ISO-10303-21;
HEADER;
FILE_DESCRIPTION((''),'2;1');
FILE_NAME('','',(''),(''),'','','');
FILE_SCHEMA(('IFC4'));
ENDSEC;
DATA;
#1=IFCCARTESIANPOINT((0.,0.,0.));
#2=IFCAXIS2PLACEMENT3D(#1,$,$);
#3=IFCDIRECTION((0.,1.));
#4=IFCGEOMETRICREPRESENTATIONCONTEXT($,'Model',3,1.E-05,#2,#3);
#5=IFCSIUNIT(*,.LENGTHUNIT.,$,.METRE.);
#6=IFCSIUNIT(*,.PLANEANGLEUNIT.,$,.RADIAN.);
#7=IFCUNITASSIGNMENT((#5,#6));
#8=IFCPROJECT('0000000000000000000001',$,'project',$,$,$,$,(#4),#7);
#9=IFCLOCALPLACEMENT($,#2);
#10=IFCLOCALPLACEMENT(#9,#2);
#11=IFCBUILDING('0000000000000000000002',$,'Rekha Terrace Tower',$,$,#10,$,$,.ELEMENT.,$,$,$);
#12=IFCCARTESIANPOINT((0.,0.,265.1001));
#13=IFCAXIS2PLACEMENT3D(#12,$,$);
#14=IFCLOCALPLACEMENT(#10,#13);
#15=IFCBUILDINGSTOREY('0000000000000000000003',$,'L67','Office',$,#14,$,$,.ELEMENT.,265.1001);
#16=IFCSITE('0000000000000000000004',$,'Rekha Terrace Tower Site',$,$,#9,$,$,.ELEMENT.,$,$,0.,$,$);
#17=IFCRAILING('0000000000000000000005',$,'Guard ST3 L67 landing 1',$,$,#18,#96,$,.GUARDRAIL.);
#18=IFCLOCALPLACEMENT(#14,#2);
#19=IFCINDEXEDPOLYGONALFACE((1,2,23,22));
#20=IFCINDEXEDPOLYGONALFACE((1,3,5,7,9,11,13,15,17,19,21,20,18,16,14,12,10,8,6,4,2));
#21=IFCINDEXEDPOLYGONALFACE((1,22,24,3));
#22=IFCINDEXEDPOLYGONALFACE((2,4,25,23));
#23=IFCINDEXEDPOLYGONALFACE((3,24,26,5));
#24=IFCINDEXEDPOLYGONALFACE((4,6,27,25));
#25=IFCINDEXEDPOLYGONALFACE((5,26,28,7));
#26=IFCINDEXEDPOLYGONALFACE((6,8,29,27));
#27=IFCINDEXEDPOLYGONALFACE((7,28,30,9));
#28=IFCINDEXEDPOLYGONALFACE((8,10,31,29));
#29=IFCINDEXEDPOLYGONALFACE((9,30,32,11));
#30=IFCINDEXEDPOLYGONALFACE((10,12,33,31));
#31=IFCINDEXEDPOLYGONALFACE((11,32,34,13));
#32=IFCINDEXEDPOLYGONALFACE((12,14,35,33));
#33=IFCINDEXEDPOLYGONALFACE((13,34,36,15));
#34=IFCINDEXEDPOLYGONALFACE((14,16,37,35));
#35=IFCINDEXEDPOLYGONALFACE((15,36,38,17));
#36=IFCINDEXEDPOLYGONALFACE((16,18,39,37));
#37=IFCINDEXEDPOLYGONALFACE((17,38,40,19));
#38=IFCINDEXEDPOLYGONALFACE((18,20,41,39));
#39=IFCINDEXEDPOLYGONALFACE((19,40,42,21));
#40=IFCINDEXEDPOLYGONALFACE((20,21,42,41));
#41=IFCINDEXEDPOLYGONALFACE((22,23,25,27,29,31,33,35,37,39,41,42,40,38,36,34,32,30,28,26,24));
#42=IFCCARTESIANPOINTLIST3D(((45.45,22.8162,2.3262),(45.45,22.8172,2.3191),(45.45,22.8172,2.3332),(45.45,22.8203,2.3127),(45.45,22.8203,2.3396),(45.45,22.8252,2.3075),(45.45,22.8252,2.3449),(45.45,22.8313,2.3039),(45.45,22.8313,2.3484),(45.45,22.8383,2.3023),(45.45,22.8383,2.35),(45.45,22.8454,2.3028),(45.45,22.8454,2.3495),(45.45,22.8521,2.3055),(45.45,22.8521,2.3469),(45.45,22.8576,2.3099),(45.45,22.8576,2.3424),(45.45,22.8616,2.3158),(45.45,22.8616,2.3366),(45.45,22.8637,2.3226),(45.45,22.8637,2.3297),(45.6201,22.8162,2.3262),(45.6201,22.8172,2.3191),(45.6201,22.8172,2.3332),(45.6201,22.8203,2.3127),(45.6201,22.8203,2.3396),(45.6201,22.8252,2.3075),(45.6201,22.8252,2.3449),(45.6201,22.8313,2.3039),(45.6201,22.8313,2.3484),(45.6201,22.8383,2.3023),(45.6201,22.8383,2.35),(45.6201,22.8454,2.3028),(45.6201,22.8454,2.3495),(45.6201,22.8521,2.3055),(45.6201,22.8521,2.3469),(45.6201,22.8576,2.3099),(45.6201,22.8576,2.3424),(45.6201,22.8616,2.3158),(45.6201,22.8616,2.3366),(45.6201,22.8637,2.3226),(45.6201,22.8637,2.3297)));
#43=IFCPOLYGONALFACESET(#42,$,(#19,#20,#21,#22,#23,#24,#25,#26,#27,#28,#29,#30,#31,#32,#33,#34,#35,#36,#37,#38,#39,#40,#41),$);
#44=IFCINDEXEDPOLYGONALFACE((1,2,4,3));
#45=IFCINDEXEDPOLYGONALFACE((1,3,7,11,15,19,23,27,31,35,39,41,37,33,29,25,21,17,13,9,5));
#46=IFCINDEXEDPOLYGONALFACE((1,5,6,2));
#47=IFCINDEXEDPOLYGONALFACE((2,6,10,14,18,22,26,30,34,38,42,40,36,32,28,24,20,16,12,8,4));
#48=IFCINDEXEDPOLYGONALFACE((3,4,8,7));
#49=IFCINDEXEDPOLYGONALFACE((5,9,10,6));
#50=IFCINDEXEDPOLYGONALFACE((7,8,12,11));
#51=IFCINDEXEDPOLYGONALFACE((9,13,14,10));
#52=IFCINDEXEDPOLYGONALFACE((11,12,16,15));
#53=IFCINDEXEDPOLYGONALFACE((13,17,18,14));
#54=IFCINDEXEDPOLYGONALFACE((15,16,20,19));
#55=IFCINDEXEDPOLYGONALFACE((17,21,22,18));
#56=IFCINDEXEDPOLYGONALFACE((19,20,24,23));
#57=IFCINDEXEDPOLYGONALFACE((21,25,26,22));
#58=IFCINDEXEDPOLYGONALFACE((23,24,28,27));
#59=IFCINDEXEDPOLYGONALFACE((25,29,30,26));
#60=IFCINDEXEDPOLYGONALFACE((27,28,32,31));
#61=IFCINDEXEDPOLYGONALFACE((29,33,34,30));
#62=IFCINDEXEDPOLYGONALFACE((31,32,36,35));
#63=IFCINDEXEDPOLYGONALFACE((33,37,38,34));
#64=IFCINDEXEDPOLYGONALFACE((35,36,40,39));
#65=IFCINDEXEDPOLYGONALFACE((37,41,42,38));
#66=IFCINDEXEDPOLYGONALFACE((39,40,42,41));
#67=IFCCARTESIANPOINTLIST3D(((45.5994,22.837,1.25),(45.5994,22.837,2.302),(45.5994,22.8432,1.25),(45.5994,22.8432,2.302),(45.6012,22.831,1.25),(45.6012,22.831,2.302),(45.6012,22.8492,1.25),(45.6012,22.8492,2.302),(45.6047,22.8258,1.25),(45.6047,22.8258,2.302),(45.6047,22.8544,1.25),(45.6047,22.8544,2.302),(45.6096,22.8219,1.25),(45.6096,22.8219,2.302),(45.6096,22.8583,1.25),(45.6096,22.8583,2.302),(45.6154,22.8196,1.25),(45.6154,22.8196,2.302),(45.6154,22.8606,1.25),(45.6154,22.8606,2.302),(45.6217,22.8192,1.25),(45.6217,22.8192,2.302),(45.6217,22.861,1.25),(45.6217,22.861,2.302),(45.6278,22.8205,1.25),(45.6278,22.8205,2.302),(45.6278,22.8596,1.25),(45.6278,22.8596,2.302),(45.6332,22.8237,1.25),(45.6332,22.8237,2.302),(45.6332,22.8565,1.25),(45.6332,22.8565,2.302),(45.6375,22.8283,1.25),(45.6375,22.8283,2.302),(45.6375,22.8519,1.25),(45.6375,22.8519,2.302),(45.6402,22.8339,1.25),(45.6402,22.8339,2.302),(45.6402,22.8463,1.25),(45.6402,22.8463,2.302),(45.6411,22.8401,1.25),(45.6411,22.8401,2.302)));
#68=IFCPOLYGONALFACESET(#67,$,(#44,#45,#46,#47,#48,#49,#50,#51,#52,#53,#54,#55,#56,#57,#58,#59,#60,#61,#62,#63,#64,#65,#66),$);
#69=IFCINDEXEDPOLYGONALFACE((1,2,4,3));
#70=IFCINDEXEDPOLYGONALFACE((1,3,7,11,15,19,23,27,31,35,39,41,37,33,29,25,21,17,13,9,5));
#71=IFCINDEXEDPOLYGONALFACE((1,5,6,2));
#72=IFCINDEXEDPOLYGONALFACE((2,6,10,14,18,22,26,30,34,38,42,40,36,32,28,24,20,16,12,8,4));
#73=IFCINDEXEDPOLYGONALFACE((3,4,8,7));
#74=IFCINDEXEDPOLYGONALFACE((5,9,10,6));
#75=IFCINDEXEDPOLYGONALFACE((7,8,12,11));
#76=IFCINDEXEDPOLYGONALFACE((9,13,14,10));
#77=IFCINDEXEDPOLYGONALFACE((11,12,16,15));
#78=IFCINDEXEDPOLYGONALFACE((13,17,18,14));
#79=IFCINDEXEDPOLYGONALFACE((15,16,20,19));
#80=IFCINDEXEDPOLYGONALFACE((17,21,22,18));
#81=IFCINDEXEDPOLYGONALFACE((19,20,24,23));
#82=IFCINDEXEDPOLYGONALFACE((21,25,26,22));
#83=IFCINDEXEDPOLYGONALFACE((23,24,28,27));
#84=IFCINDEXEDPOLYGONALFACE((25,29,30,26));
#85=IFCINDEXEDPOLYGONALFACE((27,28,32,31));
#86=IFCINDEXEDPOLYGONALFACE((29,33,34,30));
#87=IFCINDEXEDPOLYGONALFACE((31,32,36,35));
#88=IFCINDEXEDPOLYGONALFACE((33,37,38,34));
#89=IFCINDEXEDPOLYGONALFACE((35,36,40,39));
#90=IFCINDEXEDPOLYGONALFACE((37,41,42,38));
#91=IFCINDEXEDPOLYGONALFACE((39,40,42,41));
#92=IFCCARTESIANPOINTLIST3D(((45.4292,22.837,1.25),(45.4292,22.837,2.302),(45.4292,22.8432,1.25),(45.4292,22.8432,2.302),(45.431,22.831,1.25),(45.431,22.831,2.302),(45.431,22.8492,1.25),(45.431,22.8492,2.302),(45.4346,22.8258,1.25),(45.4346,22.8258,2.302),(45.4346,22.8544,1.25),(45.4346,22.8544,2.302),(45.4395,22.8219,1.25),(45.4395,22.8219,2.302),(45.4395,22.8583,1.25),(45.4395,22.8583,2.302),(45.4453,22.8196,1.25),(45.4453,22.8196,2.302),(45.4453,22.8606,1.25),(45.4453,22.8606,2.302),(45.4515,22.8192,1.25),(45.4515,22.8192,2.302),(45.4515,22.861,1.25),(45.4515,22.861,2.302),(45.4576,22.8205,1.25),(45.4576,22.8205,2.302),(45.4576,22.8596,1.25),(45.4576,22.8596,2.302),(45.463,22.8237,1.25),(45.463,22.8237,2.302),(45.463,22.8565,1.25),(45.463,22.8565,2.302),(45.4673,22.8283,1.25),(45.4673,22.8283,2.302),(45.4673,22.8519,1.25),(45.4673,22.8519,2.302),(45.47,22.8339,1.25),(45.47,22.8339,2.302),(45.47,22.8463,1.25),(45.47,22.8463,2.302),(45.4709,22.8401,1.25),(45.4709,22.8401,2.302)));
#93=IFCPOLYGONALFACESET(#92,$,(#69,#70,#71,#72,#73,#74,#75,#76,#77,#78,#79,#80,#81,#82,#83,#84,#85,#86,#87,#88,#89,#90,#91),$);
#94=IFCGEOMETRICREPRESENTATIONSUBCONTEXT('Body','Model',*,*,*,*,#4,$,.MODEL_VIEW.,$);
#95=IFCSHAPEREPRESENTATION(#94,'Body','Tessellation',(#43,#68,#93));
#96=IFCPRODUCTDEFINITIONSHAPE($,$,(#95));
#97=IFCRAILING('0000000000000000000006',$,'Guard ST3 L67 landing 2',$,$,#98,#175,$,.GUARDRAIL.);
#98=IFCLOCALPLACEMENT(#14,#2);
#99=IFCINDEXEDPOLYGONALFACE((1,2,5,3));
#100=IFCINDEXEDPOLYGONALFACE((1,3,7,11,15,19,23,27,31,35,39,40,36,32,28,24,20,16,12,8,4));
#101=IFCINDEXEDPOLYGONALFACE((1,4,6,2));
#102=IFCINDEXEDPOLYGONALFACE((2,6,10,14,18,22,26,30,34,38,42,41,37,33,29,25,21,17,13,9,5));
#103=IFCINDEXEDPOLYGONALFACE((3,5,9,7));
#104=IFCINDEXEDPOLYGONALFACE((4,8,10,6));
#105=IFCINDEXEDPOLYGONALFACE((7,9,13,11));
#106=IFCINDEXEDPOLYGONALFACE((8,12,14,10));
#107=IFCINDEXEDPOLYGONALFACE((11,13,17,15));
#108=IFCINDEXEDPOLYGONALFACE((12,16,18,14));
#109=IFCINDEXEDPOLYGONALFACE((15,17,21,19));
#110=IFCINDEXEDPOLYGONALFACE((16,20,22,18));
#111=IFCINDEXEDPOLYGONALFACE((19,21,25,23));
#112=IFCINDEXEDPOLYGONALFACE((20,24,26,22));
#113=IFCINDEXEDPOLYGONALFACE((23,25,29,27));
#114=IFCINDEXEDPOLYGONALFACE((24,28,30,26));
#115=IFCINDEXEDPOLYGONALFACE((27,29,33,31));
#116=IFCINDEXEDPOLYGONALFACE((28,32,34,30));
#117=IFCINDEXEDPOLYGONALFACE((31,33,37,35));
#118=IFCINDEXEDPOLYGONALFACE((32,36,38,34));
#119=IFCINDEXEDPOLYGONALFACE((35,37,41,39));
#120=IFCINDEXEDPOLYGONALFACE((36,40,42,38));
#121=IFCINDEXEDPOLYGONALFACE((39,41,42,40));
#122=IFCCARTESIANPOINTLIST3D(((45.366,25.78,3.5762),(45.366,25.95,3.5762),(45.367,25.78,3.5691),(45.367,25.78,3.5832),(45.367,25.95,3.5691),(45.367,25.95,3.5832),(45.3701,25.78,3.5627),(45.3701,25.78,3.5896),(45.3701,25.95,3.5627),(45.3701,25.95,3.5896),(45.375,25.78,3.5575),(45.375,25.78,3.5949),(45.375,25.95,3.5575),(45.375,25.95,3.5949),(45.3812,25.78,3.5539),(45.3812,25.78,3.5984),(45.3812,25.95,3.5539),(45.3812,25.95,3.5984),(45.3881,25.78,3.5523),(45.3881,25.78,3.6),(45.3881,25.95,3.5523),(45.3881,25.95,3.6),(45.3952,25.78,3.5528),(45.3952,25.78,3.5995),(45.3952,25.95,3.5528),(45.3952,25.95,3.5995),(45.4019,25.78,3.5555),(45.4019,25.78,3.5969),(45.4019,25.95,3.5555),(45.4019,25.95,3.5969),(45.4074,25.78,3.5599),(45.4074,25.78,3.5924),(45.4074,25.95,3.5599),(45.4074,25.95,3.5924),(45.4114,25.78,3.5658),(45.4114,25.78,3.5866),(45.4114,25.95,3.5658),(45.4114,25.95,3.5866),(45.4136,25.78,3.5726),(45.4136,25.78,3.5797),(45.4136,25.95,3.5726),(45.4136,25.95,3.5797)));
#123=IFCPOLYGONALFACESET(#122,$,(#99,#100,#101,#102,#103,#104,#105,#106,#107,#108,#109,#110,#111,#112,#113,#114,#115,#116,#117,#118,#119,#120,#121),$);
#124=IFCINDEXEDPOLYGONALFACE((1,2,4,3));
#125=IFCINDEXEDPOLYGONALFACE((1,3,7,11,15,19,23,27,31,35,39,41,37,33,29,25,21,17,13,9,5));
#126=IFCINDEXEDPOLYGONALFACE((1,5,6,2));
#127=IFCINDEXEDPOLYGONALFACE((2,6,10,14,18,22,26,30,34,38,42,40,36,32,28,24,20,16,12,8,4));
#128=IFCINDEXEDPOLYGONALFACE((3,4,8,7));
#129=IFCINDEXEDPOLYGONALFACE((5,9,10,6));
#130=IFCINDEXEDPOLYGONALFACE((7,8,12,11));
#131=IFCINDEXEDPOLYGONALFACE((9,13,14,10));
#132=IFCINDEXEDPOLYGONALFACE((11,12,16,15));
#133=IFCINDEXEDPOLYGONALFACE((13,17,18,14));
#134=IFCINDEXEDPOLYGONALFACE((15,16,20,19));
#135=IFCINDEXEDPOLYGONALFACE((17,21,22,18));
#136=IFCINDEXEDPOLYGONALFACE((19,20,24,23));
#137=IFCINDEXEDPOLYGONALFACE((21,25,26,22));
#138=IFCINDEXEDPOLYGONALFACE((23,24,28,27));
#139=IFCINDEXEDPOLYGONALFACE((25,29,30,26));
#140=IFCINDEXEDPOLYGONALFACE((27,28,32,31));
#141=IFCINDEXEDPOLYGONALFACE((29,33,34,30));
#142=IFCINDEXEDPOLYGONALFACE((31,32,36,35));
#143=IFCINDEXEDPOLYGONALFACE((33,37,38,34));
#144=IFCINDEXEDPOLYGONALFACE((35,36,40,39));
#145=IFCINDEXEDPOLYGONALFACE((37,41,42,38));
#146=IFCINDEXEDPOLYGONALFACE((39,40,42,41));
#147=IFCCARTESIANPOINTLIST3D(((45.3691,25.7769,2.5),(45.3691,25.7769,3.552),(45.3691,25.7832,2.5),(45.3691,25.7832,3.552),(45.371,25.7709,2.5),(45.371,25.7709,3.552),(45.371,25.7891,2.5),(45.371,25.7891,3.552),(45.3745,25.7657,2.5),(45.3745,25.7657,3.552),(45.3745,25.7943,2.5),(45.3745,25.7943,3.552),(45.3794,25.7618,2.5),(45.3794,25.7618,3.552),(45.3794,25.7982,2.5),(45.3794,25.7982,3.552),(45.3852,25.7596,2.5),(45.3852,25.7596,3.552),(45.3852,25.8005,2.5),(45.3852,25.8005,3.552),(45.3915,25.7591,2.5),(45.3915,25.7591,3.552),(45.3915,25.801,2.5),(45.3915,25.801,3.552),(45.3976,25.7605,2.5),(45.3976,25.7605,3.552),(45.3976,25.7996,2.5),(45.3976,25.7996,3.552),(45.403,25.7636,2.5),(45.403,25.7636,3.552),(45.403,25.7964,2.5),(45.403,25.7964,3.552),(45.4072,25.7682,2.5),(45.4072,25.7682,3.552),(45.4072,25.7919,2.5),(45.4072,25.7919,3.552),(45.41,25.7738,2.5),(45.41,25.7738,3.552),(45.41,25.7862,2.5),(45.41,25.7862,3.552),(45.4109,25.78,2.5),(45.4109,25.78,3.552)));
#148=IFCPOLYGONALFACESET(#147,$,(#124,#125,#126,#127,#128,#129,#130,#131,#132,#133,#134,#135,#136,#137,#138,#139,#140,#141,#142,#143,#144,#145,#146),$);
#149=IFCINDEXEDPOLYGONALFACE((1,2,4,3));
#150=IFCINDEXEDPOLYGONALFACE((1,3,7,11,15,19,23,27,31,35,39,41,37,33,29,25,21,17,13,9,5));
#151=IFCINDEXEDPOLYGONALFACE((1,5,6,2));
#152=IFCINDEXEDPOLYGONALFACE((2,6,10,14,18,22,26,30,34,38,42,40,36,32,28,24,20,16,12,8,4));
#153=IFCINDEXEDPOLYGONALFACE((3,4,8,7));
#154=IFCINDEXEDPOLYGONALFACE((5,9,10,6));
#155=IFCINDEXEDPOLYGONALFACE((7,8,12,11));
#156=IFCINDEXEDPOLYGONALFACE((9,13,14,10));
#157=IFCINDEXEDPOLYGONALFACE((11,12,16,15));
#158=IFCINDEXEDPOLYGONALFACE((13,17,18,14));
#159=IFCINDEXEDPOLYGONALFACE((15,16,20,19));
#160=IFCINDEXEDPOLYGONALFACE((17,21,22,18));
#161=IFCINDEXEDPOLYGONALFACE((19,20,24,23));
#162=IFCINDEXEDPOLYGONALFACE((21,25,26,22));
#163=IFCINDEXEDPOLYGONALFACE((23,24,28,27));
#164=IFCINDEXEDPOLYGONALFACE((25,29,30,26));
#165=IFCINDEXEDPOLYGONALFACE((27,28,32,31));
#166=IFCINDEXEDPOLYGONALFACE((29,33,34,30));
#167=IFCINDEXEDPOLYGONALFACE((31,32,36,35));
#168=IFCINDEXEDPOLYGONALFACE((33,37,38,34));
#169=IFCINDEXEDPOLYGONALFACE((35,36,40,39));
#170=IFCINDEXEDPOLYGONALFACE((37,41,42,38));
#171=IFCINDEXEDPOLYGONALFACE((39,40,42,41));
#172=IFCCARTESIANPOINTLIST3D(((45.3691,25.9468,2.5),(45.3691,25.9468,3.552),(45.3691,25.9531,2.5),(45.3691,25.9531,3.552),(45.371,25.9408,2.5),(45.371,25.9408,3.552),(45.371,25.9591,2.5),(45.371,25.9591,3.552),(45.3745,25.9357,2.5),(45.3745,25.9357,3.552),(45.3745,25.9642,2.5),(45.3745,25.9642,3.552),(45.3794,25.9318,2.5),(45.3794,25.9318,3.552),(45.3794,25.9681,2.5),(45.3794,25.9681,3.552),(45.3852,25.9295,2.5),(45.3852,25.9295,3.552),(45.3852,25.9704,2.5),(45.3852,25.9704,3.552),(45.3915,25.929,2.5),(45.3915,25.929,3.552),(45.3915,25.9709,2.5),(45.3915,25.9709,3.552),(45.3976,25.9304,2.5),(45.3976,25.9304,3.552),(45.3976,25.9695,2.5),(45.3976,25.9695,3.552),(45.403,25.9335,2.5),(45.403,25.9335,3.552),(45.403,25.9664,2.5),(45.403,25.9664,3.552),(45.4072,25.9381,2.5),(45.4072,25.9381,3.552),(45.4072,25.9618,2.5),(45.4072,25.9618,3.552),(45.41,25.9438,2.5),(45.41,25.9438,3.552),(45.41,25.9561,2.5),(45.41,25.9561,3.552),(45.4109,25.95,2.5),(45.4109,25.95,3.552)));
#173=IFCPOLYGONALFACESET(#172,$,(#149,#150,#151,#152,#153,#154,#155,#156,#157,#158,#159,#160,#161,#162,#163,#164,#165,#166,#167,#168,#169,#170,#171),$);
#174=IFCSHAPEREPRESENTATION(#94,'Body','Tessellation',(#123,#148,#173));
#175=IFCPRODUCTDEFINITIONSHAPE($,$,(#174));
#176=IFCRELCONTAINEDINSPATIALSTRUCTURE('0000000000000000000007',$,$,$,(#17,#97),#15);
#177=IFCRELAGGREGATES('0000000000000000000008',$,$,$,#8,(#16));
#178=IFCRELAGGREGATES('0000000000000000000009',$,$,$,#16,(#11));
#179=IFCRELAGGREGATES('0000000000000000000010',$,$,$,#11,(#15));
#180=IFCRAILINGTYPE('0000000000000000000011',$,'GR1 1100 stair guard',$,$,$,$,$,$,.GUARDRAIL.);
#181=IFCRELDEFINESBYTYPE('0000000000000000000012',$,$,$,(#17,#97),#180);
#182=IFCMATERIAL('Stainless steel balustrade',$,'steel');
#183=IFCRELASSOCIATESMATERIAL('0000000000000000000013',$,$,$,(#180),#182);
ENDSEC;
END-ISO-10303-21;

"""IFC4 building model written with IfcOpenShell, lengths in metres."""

from ifc_helpers import new_model, si_unit, direction, frame, origin, origin_2d, place, context, subcontext, project, spatial, circle, extrude, material, type_object, element, save


model = new_model("IFC4")

# Units and contexts
model_context = context("Model", 3, precision=1e-05, world=origin(), true_north=direction((0.0, 1.0)))
body_context = subcontext(model_context, "Body", "Model", "MODEL_VIEW")
ifc_project = project(units=[si_unit("LENGTHUNIT", "METRE"), si_unit("PLANEANGLEUNIT", "RADIAN")], contexts=[model_context])

# Site, building, storey
site_placement = place(None, origin())
site = spatial("IfcSite", under=ifc_project, at=site_placement, Name="Rekha Terrace Tower Site", CompositionType="ELEMENT", RefElevation=0.0)
building_placement = place(site_placement, origin())
building = spatial("IfcBuilding", under=site, at=building_placement, Name="Rekha Terrace Tower", CompositionType="ELEMENT")
storey_placement = place(building_placement, frame((0.0, 0.0, 265.1001)))
storey = spatial("IfcBuildingStorey", under=building, at=storey_placement, Name="L67", Description="Office", CompositionType="ELEMENT", Elevation=265.1001)

# Railings
ifc_material_1 = material(Name="Stainless steel balustrade", Category="steel")
railing_type_1 = type_object("IfcRailingType", Name="GR1 1100 stair guard", PredefinedType="GUARDRAIL", material=ifc_material_1)
railing_1_placement = place(storey_placement, frame((45.6201, 22.8401, 1.25)))
element("IfcRailing", 1, at=railing_1_placement, inside=storey, type_object=railing_type_1, Name="Guard ST3 L67 landing 1", PredefinedType="GUARDRAIL", context=body_context, shape_type="SweptSolid", body=[
    extrude(circle(Radius=0.0239, at=origin_2d()), frame((0.0, 0.0, 1.0762), z_axis=(-1.0, 0.0, 0.0), x_axis=(0.0, -1.0, 0.0)), (0.0, 0.0, 1.0), 0.1702),
    extrude(circle(Radius=0.021, at=origin_2d()), origin(), (0.0, 0.0, 1.0), 1.052),
    extrude(circle(Radius=0.021, at=origin_2d()), frame((-0.1702, 0.0, 0.0)), (0.0, 0.0, 1.0), 1.052),
])
railing_2_placement = place(storey_placement, frame((45.3899, 25.78, 2.5)))
element("IfcRailing", 2, at=railing_2_placement, inside=storey, type_object=railing_type_1, Name="Guard ST3 L67 landing 2", PredefinedType="GUARDRAIL", context=body_context, shape_type="SweptSolid", body=[
    extrude(circle(Radius=0.0239, at=origin_2d()), frame((0.0, 0.0, 1.0762), z_axis=(0.0, 1.0, 0.0), x_axis=(-1.0, 0.0, 0.0)), (0.0, 0.0, 1.0), 0.1699),
    extrude(circle(Radius=0.021, at=origin_2d()), origin(), (0.0, 0.0, 1.0), 1.052),
    extrude(circle(Radius=0.021, at=origin_2d()), frame((0.0, 0.1699, 0.0)), (0.0, 0.0, 1.0), 1.052),
])

save(model, "model.ifc")
